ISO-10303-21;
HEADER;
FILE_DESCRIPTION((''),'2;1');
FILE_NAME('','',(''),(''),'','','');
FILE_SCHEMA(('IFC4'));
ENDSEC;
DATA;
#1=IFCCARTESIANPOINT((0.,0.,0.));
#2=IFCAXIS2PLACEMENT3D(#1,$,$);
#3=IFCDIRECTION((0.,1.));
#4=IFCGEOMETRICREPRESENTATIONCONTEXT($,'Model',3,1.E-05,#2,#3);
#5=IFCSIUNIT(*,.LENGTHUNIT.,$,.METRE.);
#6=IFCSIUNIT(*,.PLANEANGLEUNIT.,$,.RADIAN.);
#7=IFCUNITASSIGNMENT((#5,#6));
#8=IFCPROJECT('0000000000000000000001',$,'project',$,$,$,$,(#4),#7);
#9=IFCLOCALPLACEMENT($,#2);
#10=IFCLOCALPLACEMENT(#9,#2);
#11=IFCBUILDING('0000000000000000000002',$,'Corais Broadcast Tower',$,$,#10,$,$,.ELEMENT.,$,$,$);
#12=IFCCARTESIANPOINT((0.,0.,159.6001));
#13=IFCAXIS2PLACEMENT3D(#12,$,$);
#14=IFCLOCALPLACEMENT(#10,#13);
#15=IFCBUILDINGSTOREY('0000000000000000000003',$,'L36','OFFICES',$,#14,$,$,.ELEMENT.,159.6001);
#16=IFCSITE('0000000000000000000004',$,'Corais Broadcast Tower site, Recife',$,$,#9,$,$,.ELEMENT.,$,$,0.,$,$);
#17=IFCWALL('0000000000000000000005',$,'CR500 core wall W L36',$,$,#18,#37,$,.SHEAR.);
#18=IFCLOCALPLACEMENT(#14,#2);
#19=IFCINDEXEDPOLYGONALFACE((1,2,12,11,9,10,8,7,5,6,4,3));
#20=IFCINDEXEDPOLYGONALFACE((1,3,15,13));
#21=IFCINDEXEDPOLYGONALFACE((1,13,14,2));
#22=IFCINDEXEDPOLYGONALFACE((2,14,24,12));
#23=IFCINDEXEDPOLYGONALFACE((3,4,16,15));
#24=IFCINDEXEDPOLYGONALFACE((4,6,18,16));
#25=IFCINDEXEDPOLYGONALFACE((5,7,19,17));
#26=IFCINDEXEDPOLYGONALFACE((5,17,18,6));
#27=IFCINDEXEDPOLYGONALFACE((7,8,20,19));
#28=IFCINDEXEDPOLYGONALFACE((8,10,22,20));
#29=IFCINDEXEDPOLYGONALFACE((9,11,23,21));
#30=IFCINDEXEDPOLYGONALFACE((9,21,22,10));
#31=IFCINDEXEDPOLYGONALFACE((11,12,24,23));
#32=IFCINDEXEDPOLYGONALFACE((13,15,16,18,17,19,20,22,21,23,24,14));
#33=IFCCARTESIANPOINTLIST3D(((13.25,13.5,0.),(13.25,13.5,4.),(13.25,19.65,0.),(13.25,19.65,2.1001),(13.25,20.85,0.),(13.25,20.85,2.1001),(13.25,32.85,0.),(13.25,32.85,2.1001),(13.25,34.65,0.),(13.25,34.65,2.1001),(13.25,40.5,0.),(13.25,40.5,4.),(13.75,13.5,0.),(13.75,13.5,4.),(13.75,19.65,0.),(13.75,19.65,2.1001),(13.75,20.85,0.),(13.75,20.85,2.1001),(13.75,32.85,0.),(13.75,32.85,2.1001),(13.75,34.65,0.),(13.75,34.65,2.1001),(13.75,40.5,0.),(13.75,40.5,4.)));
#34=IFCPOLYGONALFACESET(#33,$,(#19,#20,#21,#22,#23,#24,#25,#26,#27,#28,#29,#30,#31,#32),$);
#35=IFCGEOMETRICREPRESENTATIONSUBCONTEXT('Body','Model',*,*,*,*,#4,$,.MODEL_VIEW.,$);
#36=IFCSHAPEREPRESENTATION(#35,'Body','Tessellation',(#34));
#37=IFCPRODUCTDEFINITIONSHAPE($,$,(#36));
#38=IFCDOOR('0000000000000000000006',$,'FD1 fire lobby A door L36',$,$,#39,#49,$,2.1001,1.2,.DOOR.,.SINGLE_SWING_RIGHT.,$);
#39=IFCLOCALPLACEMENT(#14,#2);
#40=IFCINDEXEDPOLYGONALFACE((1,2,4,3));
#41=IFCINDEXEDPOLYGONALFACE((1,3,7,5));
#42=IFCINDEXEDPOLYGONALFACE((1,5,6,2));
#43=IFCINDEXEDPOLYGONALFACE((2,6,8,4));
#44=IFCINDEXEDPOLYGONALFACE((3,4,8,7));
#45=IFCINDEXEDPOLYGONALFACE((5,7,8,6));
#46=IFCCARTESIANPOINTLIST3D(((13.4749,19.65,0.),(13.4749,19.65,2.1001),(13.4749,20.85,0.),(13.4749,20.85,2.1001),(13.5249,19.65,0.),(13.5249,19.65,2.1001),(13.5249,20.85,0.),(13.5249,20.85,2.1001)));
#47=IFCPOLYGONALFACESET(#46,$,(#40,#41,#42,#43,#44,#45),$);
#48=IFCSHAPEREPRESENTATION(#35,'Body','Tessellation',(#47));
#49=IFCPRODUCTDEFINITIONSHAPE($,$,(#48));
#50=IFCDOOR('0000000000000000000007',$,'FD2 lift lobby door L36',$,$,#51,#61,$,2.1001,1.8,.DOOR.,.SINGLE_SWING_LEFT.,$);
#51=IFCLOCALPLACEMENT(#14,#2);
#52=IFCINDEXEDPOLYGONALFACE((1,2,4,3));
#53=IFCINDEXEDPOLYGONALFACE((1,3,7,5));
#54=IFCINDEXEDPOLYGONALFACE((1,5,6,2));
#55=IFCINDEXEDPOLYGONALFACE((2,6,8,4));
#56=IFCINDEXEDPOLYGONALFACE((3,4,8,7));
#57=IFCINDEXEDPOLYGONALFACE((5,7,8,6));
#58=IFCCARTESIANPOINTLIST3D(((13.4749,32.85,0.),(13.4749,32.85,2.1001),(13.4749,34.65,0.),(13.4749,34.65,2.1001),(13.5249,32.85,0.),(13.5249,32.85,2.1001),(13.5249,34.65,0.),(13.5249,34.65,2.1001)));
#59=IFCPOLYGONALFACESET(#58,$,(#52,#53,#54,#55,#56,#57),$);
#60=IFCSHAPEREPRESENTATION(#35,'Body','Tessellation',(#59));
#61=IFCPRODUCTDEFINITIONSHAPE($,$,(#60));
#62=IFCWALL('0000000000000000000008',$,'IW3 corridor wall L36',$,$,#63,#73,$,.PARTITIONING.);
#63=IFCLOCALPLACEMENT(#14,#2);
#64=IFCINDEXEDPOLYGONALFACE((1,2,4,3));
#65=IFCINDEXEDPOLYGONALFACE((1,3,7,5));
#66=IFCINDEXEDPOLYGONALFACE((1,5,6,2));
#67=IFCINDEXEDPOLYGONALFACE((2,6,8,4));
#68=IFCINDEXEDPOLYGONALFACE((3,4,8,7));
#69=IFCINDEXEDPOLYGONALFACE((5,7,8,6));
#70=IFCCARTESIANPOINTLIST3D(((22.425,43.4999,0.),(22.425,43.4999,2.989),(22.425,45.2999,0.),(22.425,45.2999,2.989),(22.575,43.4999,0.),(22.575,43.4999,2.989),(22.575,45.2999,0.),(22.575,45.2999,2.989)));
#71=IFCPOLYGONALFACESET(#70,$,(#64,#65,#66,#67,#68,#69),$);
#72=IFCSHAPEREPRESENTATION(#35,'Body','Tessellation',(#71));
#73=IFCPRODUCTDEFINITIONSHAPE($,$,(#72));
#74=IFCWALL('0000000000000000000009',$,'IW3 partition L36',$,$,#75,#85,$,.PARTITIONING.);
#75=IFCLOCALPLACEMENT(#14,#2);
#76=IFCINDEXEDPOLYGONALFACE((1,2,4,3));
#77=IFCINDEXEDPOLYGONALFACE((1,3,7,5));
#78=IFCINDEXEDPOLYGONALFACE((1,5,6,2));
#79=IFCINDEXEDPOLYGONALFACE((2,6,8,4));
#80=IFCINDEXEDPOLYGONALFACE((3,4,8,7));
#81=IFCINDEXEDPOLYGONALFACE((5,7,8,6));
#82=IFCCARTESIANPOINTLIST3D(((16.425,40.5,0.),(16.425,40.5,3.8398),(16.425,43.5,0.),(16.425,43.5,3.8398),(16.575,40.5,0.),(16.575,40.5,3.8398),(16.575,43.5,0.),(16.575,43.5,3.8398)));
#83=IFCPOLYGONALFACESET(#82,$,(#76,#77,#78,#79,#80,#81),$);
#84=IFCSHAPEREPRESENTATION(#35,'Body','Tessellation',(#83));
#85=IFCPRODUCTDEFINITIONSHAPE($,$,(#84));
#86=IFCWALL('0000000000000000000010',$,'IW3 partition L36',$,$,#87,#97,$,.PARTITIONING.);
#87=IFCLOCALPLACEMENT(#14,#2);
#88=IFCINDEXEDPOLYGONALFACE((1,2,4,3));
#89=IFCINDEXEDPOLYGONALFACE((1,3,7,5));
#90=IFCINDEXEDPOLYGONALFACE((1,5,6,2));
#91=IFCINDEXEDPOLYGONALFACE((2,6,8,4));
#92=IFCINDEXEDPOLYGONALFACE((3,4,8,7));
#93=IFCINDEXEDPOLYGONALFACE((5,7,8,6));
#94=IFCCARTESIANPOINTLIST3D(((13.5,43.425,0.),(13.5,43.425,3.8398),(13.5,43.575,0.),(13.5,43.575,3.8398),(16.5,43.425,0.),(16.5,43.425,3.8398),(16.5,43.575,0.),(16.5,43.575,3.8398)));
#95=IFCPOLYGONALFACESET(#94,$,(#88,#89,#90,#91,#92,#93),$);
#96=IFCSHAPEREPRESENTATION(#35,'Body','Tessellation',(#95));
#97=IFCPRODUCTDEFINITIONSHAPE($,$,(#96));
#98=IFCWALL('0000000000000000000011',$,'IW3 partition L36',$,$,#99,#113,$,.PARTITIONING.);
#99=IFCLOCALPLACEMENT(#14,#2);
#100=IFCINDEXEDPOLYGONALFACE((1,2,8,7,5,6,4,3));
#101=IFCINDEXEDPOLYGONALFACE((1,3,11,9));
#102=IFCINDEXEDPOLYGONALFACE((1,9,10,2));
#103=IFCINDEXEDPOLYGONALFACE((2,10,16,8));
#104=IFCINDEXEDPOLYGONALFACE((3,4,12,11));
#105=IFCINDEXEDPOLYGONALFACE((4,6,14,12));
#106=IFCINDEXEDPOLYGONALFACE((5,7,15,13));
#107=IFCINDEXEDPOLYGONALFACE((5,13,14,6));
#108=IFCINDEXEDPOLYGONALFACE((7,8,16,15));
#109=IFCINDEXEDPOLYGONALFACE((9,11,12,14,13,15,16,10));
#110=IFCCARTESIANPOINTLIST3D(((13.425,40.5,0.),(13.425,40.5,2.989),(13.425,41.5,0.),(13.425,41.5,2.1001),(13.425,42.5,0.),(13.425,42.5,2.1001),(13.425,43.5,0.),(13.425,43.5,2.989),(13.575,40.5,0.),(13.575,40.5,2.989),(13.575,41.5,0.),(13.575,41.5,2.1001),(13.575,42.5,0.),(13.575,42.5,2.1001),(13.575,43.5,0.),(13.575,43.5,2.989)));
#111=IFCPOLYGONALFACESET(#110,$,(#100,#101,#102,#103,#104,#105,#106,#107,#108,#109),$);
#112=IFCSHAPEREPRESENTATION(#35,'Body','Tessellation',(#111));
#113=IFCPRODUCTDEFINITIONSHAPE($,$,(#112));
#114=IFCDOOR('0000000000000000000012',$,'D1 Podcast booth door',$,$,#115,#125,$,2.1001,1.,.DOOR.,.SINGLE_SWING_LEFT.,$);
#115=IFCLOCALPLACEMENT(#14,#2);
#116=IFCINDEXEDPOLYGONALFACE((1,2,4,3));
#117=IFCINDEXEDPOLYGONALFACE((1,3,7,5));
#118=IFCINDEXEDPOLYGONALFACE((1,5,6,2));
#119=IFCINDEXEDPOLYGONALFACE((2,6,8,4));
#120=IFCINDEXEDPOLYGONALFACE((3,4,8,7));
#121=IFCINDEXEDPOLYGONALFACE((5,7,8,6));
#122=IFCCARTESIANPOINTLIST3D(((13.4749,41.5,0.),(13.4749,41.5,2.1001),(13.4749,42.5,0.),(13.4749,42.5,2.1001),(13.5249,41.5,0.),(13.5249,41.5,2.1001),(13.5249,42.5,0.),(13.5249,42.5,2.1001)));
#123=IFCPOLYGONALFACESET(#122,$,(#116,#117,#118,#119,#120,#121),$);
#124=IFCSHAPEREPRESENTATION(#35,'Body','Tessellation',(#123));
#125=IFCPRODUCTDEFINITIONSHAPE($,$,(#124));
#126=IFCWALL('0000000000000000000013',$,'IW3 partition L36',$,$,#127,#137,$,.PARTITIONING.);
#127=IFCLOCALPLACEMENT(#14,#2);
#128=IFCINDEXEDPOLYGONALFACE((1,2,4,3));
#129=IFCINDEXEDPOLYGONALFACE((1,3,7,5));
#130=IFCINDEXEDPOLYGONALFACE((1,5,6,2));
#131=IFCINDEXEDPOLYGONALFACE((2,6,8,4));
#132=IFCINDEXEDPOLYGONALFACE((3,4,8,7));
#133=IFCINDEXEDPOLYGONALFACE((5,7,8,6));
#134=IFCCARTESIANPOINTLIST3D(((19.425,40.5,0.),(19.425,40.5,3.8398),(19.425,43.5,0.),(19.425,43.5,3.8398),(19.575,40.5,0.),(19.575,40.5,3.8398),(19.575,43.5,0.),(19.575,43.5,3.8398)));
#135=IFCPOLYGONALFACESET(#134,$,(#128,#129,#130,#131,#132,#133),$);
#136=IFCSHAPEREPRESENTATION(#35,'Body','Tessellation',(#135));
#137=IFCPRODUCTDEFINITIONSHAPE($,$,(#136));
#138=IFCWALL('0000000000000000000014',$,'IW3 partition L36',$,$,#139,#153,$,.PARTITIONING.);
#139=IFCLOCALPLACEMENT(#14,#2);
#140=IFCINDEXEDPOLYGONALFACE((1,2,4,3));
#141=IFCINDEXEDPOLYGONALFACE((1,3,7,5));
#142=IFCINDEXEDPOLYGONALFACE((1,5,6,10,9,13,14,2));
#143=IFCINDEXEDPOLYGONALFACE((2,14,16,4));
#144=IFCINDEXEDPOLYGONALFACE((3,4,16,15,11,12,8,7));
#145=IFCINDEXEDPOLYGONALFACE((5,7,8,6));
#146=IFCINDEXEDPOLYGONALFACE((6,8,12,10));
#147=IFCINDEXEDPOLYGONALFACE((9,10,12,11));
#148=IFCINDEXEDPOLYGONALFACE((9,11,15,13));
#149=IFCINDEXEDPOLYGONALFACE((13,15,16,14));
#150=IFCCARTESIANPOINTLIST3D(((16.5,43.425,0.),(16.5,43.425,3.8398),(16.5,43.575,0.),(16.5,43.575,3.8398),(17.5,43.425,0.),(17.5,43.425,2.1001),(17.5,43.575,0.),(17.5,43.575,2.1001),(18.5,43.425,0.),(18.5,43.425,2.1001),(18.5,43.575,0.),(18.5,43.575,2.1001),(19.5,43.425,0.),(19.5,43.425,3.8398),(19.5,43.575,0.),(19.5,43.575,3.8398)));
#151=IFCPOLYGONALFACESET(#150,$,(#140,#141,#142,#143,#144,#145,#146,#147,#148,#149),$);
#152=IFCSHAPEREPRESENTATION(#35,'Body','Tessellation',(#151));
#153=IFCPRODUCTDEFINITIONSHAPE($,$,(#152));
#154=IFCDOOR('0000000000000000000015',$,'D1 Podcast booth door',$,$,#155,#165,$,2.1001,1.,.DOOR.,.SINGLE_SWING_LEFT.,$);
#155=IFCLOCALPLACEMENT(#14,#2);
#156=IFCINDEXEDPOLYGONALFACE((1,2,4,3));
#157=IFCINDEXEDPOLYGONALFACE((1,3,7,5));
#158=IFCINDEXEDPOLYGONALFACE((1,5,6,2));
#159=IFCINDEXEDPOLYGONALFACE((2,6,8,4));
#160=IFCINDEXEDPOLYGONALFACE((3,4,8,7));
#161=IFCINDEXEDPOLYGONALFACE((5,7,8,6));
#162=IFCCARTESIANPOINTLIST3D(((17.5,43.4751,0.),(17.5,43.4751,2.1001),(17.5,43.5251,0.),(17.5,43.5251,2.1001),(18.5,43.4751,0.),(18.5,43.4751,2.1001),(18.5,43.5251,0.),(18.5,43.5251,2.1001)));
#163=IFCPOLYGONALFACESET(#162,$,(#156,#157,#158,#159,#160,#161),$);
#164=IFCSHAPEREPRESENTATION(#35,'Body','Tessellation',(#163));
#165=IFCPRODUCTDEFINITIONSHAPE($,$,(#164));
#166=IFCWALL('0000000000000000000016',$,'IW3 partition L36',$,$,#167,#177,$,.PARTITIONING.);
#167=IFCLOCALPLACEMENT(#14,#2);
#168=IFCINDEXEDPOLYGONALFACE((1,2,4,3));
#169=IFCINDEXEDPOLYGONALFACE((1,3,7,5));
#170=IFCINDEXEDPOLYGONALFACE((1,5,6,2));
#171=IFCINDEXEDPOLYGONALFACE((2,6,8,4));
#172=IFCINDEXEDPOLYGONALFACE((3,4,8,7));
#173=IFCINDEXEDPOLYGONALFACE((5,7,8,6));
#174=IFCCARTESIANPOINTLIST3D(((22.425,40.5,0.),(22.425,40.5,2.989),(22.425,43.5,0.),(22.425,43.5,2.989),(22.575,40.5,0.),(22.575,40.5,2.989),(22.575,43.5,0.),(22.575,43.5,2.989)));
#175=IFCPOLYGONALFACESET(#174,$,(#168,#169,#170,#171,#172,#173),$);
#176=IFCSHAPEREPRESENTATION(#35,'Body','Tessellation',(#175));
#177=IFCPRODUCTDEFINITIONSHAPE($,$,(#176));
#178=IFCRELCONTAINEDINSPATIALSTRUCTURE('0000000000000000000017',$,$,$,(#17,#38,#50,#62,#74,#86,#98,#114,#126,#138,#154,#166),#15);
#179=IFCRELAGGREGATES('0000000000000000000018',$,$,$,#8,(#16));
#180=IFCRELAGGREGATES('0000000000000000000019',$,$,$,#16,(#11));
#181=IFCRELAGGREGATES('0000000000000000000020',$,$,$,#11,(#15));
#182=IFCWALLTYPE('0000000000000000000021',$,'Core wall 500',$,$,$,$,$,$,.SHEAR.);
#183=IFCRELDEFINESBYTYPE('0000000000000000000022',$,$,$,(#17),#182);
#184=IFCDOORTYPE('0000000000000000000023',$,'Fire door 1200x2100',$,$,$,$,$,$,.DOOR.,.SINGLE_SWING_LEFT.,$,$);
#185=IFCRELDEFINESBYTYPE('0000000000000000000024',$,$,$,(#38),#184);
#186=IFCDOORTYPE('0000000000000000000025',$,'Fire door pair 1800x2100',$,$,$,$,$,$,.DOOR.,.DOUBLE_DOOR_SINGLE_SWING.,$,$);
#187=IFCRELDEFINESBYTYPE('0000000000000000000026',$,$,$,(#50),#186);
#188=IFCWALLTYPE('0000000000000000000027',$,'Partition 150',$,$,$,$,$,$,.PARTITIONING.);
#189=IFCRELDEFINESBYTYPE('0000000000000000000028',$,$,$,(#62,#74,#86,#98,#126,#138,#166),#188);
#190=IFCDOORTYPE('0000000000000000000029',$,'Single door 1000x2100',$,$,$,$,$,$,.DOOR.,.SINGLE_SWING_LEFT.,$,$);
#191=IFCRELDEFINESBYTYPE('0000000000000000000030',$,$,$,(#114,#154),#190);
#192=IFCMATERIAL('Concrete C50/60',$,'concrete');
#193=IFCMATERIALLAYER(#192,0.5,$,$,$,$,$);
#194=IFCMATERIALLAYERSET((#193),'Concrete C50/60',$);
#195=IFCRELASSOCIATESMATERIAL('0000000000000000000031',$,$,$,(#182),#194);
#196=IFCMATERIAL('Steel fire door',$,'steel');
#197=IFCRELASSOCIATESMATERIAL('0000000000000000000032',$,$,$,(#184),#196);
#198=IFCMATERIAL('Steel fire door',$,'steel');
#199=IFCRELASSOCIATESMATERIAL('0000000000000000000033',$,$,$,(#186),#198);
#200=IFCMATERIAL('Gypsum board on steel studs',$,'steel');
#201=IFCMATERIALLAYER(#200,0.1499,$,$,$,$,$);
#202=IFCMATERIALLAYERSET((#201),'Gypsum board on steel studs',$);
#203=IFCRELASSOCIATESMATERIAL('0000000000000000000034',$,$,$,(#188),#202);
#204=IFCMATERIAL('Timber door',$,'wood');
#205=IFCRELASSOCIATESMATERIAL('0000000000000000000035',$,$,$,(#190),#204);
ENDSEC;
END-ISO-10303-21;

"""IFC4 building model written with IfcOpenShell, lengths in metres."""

from ifc_helpers import new_model, si_unit, direction, frame, frame_2d, origin, place, context, subcontext, project, spatial, rectangle, extrude, material, layer, layer_set, type_object, element, fill, save


model = new_model("IFC4")

# Units and contexts
model_context = context("Model", 3, precision=1e-05, world=origin(), true_north=direction((0.0, 1.0)))
body_context = subcontext(model_context, "Body", "Model", "MODEL_VIEW")
ifc_project = project(units=[si_unit("LENGTHUNIT", "METRE"), si_unit("PLANEANGLEUNIT", "RADIAN")], contexts=[model_context])

# Site, building, storey
site_placement = place(None, origin())
site = spatial("IfcSite", under=ifc_project, at=site_placement, Name="Corais Broadcast Tower site, Recife", CompositionType="ELEMENT", RefElevation=0.0)
building_placement = place(site_placement, origin())
building = spatial("IfcBuilding", under=site, at=building_placement, Name="Corais Broadcast Tower", CompositionType="ELEMENT")
storey_placement = place(building_placement, frame((0.0, 0.0, 159.6001)))
storey = spatial("IfcBuildingStorey", under=building, at=storey_placement, Name="L36", Description="OFFICES", CompositionType="ELEMENT", Elevation=159.6001)

# Wall, openings, doors
ifc_material_1 = material(Name="Concrete C50/60", Category="concrete")
ifc_layer_1 = layer(ifc_material_1, 0.5)
ifc_layer_set_1 = layer_set([ifc_layer_1], Name="Concrete C50/60")
wall_type_1 = type_object("IfcWallType", Name="Core wall 500", PredefinedType="SHEAR", material=ifc_layer_set_1)
wall_1_placement = place(storey_placement, frame((13.5, 40.5, 0.0), z_axis=(0.0, 0.0, 1.0), x_axis=(0.0, -1.0, 0.0)))
wall_1 = element("IfcWall", 1, at=wall_1_placement, inside=storey, type_object=wall_type_1, Name="CR500 core wall W L36", PredefinedType="SHEAR", context=body_context, shape_type="SweptSolid", body=[
    extrude(rectangle(XDim=27.0, YDim=0.5, at=frame_2d((13.5, 0.0))), origin(), (0.0, 0.0, 1.0), 4.0),
])
opening_1_placement = place(wall_1_placement, frame((19.6499, 0.0, 0.0)))
opening_1 = element("IfcOpeningElement", 2, at=opening_1_placement, cuts=wall_1, PredefinedType="OPENING", context=body_context, shape_type="SweptSolid", body=[
    extrude(rectangle(XDim=1.2, YDim=2.1001, at=frame_2d((0.6001, 1.05))), frame((0.0, 0.26, 0.0), z_axis=(0.0, -1.0, 0.0), x_axis=(1.0, 0.0, 0.0)), (0.0, 0.0, 1.0), 0.52),
])
opening_2_placement = place(wall_1_placement, frame((5.8501, 0.0, 0.0)))
opening_2 = element("IfcOpeningElement", 3, at=opening_2_placement, cuts=wall_1, PredefinedType="OPENING", context=body_context, shape_type="SweptSolid", body=[
    extrude(rectangle(XDim=1.8, YDim=2.1001, at=frame_2d((0.8999, 1.05))), frame((0.0, 0.26, 0.0), z_axis=(0.0, -1.0, 0.0), x_axis=(1.0, 0.0, 0.0)), (0.0, 0.0, 1.0), 0.52),
])
ifc_material_2 = material(Name="Steel fire door", Category="steel")
door_type_1 = type_object("IfcDoorType", Name="Fire door 1200x2100", OperationType="SINGLE_SWING_LEFT", PredefinedType="DOOR", material=ifc_material_2)
door_1_placement = place(opening_1_placement, origin())
door_1 = element("IfcDoor", 4, at=door_1_placement, inside=storey, type_object=door_type_1, Name="FD1 fire lobby A door L36", OperationType="SINGLE_SWING_RIGHT", OverallHeight=2.1001, OverallWidth=1.2, PredefinedType="DOOR", context=body_context, shape_type="SweptSolid", body=[
    extrude(rectangle(XDim=1.2, YDim=2.1001, at=frame_2d((0.6001, 1.05))), frame((0.0, 0.0249, 0.0), z_axis=(0.0, -1.0, 0.0), x_axis=(1.0, 0.0, 0.0)), (0.0, 0.0, 1.0), 0.05),
])
fill(opening_1, door_1)
ifc_material_3 = material(Name="Steel fire door", Category="steel")
door_type_2 = type_object("IfcDoorType", Name="Fire door pair 1800x2100", OperationType="DOUBLE_DOOR_SINGLE_SWING", PredefinedType="DOOR", material=ifc_material_3)
door_2_placement = place(opening_2_placement, origin())
door_2 = element("IfcDoor", 5, at=door_2_placement, inside=storey, type_object=door_type_2, Name="FD2 lift lobby door L36", OperationType="SINGLE_SWING_LEFT", OverallHeight=2.1001, OverallWidth=1.8, PredefinedType="DOOR", context=body_context, shape_type="SweptSolid", body=[
    extrude(rectangle(XDim=1.8, YDim=2.1001, at=frame_2d((0.8999, 1.05))), frame((0.0, 0.0249, 0.0), z_axis=(0.0, -1.0, 0.0), x_axis=(1.0, 0.0, 0.0)), (0.0, 0.0, 1.0), 0.05),
])
fill(opening_2, door_2)

# Walls
ifc_material_4 = material(Name="Gypsum board on steel studs", Category="steel")
ifc_layer_2 = layer(ifc_material_4, 0.1499)
ifc_layer_set_2 = layer_set([ifc_layer_2], Name="Gypsum board on steel studs")
wall_type_2 = type_object("IfcWallType", Name="Partition 150", PredefinedType="PARTITIONING", material=ifc_layer_set_2)
wall_2_placement = place(storey_placement, frame((22.5, 43.5, 0.0), z_axis=(0.0, 0.0, 1.0), x_axis=(0.0, 1.0, 0.0)))
element("IfcWall", 6, at=wall_2_placement, inside=storey, type_object=wall_type_2, Name="IW3 corridor wall L36", PredefinedType="PARTITIONING", context=body_context, shape_type="SweptSolid", body=[
    extrude(rectangle(XDim=1.8, YDim=0.1499, at=frame_2d((0.8999, 0.0))), origin(), (0.0, 0.0, 1.0), 2.989),
])
for number, where, z_axis, x_axis, name in (
    (7, (16.5, 40.5, 0.0), (0.0, 0.0, 1.0), (0.0, 1.0, 0.0), "IW3 partition L36"),
    (8, (16.5, 43.5, 0.0), (0.0, 0.0, 1.0), (-1.0, 0.0, 0.0), "IW3 partition L36"),
):
    element("IfcWall", number, at=place(storey_placement, frame(where, z_axis=z_axis, x_axis=x_axis)), inside=storey, type_object=wall_type_2, Name=name, PredefinedType="PARTITIONING", context=body_context, shape_type="SweptSolid", body=[
        extrude(rectangle(XDim=3.0, YDim=0.1499, at=frame_2d((1.5, 0.0))), origin(), (0.0, 0.0, 1.0), 3.8398),
    ])

# Wall, opening, door
wall_3_placement = place(storey_placement, frame((13.5, 43.5, 0.0), z_axis=(0.0, 0.0, 1.0), x_axis=(0.0, -1.0, 0.0)))
wall_3 = element("IfcWall", 9, at=wall_3_placement, inside=storey, type_object=wall_type_2, Name="IW3 partition L36", PredefinedType="PARTITIONING", context=body_context, shape_type="SweptSolid", body=[
    extrude(rectangle(XDim=3.0, YDim=0.1499, at=frame_2d((1.5, 0.0))), origin(), (0.0, 0.0, 1.0), 2.989),
])
opening_3_placement = place(wall_3_placement, frame((1.0, 0.0, 0.0)))
opening_3 = element("IfcOpeningElement", 10, at=opening_3_placement, cuts=wall_3, PredefinedType="OPENING", context=body_context, shape_type="SweptSolid", body=[
    extrude(rectangle(XDim=1.0, YDim=2.1001, at=frame_2d((0.5, 1.05))), frame((0.0, 0.085, 0.0), z_axis=(0.0, -1.0, 0.0), x_axis=(1.0, 0.0, 0.0)), (0.0, 0.0, 1.0), 0.1699),
])
ifc_material_5 = material(Name="Timber door", Category="wood")
door_type_3 = type_object("IfcDoorType", Name="Single door 1000x2100", OperationType="SINGLE_SWING_LEFT", PredefinedType="DOOR", material=ifc_material_5)
door_3_placement = place(opening_3_placement, origin())
door_3 = element("IfcDoor", 11, at=door_3_placement, inside=storey, type_object=door_type_3, Name="D1 Podcast booth door", OperationType="SINGLE_SWING_LEFT", OverallHeight=2.1001, OverallWidth=1.0, PredefinedType="DOOR", context=body_context, shape_type="SweptSolid", body=[
    extrude(rectangle(XDim=1.0, YDim=2.1001, at=frame_2d((0.5, 1.05))), frame((0.0, 0.0249, 0.0), z_axis=(0.0, -1.0, 0.0), x_axis=(1.0, 0.0, 0.0)), (0.0, 0.0, 1.0), 0.05),
])
fill(opening_3, door_3)

# Wall
wall_4_placement = place(storey_placement, frame((19.5, 40.5, 0.0), z_axis=(0.0, 0.0, 1.0), x_axis=(0.0, 1.0, 0.0)))
element("IfcWall", 12, at=wall_4_placement, inside=storey, type_object=wall_type_2, Name="IW3 partition L36", PredefinedType="PARTITIONING", context=body_context, shape_type="SweptSolid", body=[
    extrude(rectangle(XDim=3.0, YDim=0.1499, at=frame_2d((1.5, 0.0))), origin(), (0.0, 0.0, 1.0), 3.8398),
])

# Wall, opening, door
wall_5_placement = place(storey_placement, frame((19.5, 43.5, 0.0), z_axis=(0.0, 0.0, 1.0), x_axis=(-1.0, 0.0, 0.0)))
wall_5 = element("IfcWall", 13, at=wall_5_placement, inside=storey, type_object=wall_type_2, Name="IW3 partition L36", PredefinedType="PARTITIONING", context=body_context, shape_type="SweptSolid", body=[
    extrude(rectangle(XDim=3.0, YDim=0.1499, at=frame_2d((1.5, 0.0))), origin(), (0.0, 0.0, 1.0), 3.8398),
])
opening_4_placement = place(wall_5_placement, frame((1.0, 0.0, 0.0)))
opening_4 = element("IfcOpeningElement", 14, at=opening_4_placement, cuts=wall_5, PredefinedType="OPENING", context=body_context, shape_type="SweptSolid", body=[
    extrude(rectangle(XDim=1.0, YDim=2.1001, at=frame_2d((0.5, 1.05))), frame((0.0, 0.085, 0.0), z_axis=(0.0, -1.0, 0.0), x_axis=(1.0, 0.0, 0.0)), (0.0, 0.0, 1.0), 0.1699),
])
door_4_placement = place(opening_4_placement, origin())
door_4 = element("IfcDoor", 15, at=door_4_placement, inside=storey, type_object=door_type_3, Name="D1 Podcast booth door", OperationType="SINGLE_SWING_LEFT", OverallHeight=2.1001, OverallWidth=1.0, PredefinedType="DOOR", context=body_context, shape_type="SweptSolid", body=[
    extrude(rectangle(XDim=1.0, YDim=2.1001, at=frame_2d((0.5, 1.05))), frame((0.0, 0.0249, 0.0), z_axis=(0.0, -1.0, 0.0), x_axis=(1.0, 0.0, 0.0)), (0.0, 0.0, 1.0), 0.05),
])
fill(opening_4, door_4)

# Wall
wall_6_placement = place(storey_placement, frame((22.5, 40.5, 0.0), z_axis=(0.0, 0.0, 1.0), x_axis=(0.0, 1.0, 0.0)))
element("IfcWall", 16, at=wall_6_placement, inside=storey, type_object=wall_type_2, Name="IW3 partition L36", PredefinedType="PARTITIONING", context=body_context, shape_type="SweptSolid", body=[
    extrude(rectangle(XDim=3.0, YDim=0.1499, at=frame_2d((1.5, 0.0))), origin(), (0.0, 0.0, 1.0), 2.989),
])

save(model, "model.ifc")
